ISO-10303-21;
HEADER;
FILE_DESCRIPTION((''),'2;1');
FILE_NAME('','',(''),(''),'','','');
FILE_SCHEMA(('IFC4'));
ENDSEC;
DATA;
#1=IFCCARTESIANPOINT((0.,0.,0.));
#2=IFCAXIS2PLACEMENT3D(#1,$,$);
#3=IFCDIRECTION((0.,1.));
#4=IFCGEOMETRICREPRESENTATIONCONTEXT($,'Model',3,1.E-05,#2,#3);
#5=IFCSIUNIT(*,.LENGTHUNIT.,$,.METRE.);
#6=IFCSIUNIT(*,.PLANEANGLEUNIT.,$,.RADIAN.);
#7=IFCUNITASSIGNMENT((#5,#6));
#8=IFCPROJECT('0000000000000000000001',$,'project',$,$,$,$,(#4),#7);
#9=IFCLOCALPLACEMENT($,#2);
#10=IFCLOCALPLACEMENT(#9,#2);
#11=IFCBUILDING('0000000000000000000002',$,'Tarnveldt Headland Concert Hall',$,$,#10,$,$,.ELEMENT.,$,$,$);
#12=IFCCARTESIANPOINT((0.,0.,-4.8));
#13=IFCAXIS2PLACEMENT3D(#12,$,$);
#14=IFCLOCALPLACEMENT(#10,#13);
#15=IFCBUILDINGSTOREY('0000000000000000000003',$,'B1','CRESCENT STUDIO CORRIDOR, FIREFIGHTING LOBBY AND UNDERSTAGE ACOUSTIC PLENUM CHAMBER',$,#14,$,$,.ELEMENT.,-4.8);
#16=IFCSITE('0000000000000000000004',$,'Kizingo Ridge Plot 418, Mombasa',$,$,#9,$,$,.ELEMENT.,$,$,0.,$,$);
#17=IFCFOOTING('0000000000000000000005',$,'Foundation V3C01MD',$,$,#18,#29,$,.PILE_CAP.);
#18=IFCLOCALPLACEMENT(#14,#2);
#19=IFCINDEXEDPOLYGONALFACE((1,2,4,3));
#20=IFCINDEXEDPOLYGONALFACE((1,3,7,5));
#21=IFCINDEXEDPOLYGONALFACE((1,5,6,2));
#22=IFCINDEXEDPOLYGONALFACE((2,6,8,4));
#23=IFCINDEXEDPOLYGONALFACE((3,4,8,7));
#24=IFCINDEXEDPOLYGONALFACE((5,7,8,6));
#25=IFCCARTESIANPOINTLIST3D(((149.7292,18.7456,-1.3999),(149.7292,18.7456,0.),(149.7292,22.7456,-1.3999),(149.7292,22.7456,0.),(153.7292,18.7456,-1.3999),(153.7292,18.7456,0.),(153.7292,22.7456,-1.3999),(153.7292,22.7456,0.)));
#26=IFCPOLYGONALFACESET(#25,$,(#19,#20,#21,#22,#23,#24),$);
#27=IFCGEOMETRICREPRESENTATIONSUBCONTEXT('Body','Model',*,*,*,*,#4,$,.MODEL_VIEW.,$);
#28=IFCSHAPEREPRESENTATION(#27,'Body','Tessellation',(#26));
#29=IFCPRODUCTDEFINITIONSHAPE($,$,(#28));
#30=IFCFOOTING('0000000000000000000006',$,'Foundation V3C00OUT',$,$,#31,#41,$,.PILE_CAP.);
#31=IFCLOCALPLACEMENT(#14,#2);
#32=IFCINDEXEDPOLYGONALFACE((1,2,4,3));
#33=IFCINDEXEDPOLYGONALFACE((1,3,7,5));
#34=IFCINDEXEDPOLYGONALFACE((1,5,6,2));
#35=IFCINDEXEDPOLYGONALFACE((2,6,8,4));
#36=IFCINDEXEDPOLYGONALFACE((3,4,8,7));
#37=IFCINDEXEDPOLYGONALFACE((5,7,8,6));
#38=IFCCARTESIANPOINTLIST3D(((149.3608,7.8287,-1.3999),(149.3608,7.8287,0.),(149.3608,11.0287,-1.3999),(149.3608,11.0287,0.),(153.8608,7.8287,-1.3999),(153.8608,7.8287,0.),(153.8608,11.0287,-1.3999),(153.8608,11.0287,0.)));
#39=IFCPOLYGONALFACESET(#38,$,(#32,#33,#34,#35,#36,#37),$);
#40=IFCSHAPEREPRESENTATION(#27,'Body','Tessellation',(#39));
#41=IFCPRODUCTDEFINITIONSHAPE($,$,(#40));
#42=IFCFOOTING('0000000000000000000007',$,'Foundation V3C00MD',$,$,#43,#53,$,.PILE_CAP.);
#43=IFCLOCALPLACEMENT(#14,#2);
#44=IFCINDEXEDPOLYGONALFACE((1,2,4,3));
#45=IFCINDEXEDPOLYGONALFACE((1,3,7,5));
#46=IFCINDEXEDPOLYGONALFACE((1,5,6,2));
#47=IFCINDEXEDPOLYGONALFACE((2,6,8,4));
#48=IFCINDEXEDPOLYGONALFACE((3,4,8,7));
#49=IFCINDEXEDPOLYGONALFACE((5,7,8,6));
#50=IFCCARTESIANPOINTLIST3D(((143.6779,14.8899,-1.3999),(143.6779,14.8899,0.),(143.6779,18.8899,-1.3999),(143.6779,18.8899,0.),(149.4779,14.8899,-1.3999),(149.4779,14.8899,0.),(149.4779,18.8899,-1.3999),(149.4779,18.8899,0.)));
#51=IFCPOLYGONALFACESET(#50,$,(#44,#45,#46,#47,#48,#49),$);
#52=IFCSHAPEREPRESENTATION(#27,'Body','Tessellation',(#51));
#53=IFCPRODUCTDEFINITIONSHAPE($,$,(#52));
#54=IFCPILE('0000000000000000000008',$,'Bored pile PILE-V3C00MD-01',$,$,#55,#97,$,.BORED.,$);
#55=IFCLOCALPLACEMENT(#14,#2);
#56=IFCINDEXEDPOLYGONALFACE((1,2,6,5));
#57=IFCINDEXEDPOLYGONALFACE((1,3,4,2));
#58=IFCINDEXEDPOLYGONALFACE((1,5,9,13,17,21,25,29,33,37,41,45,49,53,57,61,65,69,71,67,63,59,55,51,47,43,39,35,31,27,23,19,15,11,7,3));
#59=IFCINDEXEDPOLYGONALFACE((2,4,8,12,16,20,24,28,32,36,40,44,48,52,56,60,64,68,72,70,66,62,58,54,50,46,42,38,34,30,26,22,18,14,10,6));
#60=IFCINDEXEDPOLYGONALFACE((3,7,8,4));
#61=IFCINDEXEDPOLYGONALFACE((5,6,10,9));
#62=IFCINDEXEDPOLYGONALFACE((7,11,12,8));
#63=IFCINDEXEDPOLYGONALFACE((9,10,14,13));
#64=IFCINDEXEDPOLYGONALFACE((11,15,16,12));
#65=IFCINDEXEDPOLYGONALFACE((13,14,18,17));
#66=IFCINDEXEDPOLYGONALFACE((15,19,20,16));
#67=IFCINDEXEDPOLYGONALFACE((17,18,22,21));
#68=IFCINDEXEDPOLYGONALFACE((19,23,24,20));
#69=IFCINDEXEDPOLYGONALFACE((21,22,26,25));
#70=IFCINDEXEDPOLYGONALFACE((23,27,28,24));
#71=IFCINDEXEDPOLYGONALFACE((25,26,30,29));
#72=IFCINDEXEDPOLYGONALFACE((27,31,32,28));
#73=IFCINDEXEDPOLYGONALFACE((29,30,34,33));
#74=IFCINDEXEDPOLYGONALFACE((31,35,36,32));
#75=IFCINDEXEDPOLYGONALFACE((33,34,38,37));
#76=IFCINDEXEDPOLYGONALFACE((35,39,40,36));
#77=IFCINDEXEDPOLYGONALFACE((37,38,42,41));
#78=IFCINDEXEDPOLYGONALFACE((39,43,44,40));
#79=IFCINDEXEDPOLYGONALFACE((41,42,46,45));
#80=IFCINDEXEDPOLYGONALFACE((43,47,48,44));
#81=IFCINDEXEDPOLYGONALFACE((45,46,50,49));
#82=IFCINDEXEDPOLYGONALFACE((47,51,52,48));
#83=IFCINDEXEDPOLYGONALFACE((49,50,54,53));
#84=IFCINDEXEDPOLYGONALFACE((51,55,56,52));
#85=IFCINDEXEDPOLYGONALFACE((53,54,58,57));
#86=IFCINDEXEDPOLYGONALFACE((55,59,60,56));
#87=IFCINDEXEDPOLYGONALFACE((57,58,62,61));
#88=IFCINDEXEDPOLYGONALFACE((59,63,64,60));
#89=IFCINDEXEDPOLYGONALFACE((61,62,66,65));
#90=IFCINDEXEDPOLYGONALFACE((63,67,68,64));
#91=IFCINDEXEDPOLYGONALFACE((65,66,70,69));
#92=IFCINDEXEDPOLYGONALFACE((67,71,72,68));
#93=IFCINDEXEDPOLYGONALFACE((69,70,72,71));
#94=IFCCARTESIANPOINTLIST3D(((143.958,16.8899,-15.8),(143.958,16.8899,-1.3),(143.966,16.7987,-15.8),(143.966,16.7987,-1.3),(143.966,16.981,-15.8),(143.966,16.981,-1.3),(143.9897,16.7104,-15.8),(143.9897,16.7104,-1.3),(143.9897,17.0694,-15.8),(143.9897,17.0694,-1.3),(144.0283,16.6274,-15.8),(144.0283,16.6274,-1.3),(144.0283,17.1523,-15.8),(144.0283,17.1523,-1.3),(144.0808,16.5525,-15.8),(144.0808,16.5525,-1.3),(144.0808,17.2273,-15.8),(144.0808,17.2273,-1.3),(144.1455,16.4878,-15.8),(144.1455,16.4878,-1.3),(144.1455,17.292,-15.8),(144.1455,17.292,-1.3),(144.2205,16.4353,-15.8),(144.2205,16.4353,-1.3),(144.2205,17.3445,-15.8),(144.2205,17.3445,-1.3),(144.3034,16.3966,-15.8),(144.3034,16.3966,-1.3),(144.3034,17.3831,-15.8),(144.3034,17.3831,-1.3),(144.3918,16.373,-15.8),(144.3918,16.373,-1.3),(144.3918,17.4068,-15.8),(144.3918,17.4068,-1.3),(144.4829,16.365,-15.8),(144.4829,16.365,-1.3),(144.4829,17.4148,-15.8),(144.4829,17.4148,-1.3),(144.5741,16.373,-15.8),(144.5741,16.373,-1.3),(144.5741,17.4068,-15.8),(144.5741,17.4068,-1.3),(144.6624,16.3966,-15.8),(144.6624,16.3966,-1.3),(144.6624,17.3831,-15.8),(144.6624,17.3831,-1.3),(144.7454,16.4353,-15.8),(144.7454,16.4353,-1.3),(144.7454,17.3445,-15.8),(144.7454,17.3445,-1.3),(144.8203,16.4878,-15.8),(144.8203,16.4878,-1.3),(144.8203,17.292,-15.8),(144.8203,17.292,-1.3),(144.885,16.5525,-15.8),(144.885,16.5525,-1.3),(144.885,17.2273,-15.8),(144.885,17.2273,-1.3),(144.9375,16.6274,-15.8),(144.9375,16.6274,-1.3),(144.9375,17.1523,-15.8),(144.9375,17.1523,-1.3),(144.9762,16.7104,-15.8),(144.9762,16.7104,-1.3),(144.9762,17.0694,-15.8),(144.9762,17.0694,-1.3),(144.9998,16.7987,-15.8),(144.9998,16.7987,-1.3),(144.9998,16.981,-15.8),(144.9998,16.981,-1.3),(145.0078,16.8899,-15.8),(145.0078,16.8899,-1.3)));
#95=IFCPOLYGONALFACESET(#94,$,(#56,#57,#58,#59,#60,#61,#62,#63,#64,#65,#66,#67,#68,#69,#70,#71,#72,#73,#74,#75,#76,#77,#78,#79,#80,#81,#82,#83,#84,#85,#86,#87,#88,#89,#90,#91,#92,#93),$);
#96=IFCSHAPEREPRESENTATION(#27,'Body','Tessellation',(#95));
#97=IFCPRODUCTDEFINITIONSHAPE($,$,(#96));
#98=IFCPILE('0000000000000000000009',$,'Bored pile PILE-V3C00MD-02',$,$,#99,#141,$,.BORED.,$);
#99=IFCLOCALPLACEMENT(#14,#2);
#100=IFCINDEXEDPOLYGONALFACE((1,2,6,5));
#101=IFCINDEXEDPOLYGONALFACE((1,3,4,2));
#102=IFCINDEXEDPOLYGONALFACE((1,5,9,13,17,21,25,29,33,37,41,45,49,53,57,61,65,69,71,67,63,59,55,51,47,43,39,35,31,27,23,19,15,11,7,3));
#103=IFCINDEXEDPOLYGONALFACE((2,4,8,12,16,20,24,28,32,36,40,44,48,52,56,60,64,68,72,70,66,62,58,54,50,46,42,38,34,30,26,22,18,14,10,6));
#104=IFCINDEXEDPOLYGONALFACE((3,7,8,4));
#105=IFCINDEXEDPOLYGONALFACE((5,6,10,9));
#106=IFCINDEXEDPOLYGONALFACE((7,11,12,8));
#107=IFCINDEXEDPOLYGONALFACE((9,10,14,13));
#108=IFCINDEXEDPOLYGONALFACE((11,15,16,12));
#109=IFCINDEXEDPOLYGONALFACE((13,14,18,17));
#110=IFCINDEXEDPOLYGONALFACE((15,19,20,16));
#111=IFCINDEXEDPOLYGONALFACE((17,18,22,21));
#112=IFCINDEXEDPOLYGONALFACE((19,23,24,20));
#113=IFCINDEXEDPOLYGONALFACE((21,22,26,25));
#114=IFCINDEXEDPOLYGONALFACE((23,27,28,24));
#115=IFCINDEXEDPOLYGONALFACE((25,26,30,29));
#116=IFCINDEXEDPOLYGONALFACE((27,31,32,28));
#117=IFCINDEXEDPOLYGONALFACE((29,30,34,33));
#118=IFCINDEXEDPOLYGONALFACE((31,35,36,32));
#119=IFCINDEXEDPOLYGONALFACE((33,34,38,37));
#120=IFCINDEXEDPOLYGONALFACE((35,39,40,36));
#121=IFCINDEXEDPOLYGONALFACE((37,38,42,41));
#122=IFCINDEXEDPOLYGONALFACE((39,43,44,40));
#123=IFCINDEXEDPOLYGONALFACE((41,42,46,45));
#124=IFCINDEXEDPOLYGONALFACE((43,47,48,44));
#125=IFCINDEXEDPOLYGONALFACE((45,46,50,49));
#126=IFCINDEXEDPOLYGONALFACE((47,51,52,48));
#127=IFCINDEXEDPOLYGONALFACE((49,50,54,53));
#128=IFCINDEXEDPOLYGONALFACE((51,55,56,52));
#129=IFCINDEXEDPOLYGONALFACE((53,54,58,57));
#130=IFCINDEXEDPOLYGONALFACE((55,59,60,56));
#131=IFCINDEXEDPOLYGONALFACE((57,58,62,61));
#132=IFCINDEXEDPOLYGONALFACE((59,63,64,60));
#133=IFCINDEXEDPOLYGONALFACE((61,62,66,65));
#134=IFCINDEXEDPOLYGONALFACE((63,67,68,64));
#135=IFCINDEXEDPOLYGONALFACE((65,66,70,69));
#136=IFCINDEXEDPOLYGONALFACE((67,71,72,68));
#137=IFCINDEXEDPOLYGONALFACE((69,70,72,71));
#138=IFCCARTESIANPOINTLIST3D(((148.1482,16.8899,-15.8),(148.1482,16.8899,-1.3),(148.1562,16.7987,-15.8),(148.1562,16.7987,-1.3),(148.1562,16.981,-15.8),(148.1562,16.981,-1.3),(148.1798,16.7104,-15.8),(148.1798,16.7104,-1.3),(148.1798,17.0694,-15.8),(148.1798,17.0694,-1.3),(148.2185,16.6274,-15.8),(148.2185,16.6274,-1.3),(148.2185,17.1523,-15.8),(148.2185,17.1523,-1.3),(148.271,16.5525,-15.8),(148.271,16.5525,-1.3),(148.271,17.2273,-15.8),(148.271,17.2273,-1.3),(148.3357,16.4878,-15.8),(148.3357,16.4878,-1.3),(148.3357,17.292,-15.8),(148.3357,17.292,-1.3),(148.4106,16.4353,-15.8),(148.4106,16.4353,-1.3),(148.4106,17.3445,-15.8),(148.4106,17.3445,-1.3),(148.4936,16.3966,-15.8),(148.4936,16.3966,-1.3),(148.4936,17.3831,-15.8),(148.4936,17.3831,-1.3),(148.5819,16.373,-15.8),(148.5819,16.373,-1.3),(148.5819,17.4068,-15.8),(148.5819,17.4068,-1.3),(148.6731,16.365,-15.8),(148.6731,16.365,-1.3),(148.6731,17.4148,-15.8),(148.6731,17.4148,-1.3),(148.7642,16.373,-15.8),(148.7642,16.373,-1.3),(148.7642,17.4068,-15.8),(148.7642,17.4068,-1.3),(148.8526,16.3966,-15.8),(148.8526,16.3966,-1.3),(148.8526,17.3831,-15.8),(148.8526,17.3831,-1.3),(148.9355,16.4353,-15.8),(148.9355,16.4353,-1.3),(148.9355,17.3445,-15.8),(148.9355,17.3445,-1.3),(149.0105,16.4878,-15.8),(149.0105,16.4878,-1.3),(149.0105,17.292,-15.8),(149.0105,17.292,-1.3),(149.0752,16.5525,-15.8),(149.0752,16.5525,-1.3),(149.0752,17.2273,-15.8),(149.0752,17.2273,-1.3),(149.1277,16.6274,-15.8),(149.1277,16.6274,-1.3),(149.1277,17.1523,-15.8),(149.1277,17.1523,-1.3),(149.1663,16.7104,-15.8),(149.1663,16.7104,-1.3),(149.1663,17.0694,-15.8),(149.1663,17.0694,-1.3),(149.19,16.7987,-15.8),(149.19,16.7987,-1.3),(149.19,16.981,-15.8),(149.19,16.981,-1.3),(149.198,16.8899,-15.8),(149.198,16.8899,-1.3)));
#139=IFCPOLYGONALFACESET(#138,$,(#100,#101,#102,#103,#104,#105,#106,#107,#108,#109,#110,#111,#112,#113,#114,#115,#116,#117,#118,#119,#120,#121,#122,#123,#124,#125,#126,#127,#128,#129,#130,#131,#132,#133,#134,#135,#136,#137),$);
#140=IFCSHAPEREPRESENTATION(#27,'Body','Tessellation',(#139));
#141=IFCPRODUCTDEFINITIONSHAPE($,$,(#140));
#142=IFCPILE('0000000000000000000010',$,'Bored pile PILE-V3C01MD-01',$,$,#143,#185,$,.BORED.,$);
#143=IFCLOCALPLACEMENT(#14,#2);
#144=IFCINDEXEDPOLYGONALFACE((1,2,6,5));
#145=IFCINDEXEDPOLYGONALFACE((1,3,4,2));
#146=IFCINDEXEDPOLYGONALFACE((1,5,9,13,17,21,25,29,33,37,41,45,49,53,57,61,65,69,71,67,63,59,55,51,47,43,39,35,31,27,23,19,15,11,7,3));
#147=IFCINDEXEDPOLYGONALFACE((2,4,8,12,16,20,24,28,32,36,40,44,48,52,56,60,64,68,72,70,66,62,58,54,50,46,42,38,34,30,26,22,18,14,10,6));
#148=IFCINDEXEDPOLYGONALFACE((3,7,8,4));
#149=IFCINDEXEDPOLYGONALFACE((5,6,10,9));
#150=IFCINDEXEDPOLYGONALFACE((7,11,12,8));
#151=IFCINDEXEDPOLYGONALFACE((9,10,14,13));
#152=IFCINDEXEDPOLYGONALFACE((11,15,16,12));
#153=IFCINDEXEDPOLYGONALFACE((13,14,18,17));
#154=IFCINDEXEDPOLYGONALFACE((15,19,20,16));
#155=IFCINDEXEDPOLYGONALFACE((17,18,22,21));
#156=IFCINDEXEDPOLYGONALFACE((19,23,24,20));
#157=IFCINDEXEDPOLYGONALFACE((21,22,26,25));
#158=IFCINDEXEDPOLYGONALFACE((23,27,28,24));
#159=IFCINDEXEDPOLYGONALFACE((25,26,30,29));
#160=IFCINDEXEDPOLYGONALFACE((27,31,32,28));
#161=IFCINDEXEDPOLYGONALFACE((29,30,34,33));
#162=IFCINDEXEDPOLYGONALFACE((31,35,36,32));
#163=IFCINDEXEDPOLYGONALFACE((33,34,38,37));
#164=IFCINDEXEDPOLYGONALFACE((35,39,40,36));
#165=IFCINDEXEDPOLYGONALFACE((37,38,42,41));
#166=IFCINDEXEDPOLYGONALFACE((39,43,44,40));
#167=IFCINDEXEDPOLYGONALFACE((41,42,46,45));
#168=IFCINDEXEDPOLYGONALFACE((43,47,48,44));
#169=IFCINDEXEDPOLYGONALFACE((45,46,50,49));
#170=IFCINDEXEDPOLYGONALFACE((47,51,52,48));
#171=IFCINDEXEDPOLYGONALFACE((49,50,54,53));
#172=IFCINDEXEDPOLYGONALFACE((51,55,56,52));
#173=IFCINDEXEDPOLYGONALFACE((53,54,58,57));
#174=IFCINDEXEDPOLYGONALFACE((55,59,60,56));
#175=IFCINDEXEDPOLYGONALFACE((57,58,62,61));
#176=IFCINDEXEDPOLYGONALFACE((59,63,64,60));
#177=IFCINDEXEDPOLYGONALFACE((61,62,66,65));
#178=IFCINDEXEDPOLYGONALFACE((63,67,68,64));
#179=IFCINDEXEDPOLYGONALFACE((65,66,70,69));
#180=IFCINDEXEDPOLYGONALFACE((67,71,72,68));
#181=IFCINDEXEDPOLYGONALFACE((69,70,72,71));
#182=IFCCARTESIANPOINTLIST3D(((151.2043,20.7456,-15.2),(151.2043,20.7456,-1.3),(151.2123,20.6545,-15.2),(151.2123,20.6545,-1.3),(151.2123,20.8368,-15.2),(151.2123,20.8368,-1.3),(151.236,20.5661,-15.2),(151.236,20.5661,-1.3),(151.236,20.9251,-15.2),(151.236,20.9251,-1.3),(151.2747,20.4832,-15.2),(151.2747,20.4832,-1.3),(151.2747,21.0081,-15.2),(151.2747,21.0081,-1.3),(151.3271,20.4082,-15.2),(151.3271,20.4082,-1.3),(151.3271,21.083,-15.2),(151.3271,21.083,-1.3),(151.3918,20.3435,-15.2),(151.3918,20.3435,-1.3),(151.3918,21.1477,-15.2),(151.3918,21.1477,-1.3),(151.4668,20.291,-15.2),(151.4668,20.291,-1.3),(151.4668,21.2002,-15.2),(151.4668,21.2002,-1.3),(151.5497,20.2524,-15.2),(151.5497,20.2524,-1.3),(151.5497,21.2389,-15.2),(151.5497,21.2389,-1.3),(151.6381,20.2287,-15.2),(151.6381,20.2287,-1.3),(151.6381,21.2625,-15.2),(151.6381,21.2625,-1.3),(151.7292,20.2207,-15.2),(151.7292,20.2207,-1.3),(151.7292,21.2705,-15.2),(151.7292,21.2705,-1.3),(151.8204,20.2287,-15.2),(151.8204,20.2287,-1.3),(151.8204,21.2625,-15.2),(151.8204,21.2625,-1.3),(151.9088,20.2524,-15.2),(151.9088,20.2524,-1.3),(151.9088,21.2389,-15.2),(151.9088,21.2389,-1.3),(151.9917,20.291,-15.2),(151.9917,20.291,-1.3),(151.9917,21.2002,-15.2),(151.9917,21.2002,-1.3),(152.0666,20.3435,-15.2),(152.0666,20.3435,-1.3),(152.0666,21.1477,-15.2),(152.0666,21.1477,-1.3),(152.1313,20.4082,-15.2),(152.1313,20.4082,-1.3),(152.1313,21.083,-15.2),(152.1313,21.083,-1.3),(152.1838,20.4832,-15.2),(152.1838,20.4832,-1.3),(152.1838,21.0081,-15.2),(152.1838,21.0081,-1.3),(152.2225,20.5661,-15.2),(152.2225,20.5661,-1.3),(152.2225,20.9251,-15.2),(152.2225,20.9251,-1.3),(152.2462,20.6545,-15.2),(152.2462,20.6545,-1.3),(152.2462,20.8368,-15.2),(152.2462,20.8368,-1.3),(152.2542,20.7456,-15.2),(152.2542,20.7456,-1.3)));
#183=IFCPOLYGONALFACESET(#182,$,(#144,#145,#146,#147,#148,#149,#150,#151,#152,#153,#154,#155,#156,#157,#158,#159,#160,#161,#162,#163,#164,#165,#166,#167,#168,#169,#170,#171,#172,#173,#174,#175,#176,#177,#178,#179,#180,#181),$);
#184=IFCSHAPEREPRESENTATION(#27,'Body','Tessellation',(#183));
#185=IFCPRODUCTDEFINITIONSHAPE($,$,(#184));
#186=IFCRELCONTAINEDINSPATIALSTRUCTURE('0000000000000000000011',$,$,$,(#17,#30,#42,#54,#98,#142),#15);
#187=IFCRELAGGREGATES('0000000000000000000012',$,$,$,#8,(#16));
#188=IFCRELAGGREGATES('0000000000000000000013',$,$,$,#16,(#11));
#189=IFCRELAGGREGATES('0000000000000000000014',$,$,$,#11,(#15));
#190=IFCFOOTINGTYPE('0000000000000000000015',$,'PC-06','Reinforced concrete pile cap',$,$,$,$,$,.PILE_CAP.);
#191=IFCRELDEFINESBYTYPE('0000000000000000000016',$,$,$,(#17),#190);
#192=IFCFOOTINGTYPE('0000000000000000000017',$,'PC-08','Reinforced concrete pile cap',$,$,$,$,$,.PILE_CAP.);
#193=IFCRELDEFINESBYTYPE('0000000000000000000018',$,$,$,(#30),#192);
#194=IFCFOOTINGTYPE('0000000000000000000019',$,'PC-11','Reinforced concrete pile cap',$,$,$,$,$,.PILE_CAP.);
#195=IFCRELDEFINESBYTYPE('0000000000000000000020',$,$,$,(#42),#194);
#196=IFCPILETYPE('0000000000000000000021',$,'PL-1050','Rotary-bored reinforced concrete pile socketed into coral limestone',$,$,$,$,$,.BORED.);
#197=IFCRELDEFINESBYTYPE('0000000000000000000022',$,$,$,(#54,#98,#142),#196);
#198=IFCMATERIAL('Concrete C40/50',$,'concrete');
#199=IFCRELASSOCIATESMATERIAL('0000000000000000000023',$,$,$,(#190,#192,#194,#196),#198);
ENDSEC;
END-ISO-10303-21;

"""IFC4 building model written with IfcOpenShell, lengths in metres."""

from ifc_helpers import new_model, si_unit, direction, frame, origin, origin_2d, place, context, subcontext, project, spatial, rectangle, circle, extrude, material, material_profile, profile_set, type_object, element, save


model = new_model("IFC4")

# Units and contexts
model_context = context("Model", 3, precision=1e-05, world=origin(), true_north=direction((0.0, 1.0)))
body_context = subcontext(model_context, "Body", "Model", "MODEL_VIEW")
ifc_project = project(units=[si_unit("LENGTHUNIT", "METRE"), si_unit("PLANEANGLEUNIT", "RADIAN")], contexts=[model_context])

# Site, building, storey
site_placement = place(None, origin())
site = spatial("IfcSite", under=ifc_project, at=site_placement, Name="Kizingo Ridge Plot 418, Mombasa", CompositionType="ELEMENT", RefElevation=0.0)
building_placement = place(site_placement, origin())
building = spatial("IfcBuilding", under=site, at=building_placement, Name="Tarnveldt Headland Concert Hall", CompositionType="ELEMENT")
storey_placement = place(building_placement, frame((0.0, 0.0, -4.8)))
storey = spatial("IfcBuildingStorey", under=building, at=storey_placement, Name="B1", Description="CRESCENT STUDIO CORRIDOR, FIREFIGHTING LOBBY AND UNDERSTAGE ACOUSTIC PLENUM CHAMBER", CompositionType="ELEMENT", Elevation=-4.8)

# Footings
ifc_material_1 = material(Name="Concrete C40/50", Category="concrete")
footing_type_1 = type_object("IfcFootingType", Name="PC-06", Description="Reinforced concrete pile cap", PredefinedType="PILE_CAP", material=ifc_material_1)
footing_1_placement = place(storey_placement, frame((151.7292, 20.7456, -1.3999), z_axis=(0.0, 0.0, 1.0), x_axis=(1.0, 0.0, 0.0)))
element("IfcFooting", 1, at=footing_1_placement, inside=storey, type_object=footing_type_1, Name="Foundation V3C01MD", PredefinedType="PILE_CAP", context=body_context, shape_type="SweptSolid", body=[
    extrude(rectangle(XDim=4.0, YDim=4.0, at=origin_2d()), origin(), (0.0, 0.0, 1.0), 1.3999),
])
footing_type_2 = type_object("IfcFootingType", Name="PC-08", Description="Reinforced concrete pile cap", PredefinedType="PILE_CAP", material=ifc_material_1)
footing_2_placement = place(storey_placement, frame((151.6108, 9.4287, -1.3999), z_axis=(0.0, 0.0, 1.0), x_axis=(1.0, 0.0, 0.0)))
element("IfcFooting", 2, at=footing_2_placement, inside=storey, type_object=footing_type_2, Name="Foundation V3C00OUT", PredefinedType="PILE_CAP", context=body_context, shape_type="SweptSolid", body=[
    extrude(rectangle(XDim=4.5, YDim=3.2, at=origin_2d()), origin(), (0.0, 0.0, 1.0), 1.3999),
])
footing_type_3 = type_object("IfcFootingType", Name="PC-11", Description="Reinforced concrete pile cap", PredefinedType="PILE_CAP", material=ifc_material_1)
footing_3_placement = place(storey_placement, frame((146.5779, 16.8899, -1.3999), z_axis=(0.0, 0.0, 1.0), x_axis=(1.0, 0.0, 0.0)))
element("IfcFooting", 3, at=footing_3_placement, inside=storey, type_object=footing_type_3, Name="Foundation V3C00MD", PredefinedType="PILE_CAP", context=body_context, shape_type="SweptSolid", body=[
    extrude(rectangle(XDim=5.8, YDim=4.0, at=origin_2d()), origin(), (0.0, 0.0, 1.0), 1.3999),
])

# Piles
ifc_material_profile_1 = material_profile(ifc_material_1, circle(Radius=0.5249, at=origin_2d()), Name="BORED PILE D1050", Category="concrete")
ifc_profile_set_1 = profile_set([ifc_material_profile_1], Name="Concrete C40/50")
pile_type_1 = type_object("IfcPileType", Name="PL-1050", Description="Rotary-bored reinforced concrete pile socketed into coral limestone", PredefinedType="BORED", material=ifc_profile_set_1)
for number, where, z_axis, x_axis, name in (
    (4, (144.4829, 16.8899, -1.3), (0.0, 0.0, -1.0), (1.0, 0.0, 0.0), "Bored pile PILE-V3C00MD-01"),
    (5, (148.6731, 16.8899, -1.3), (0.0, 0.0, -1.0), (1.0, 0.0, 0.0), "Bored pile PILE-V3C00MD-02"),
):
    element("IfcPile", number, at=place(storey_placement, frame(where, z_axis=z_axis, x_axis=x_axis)), inside=storey, type_object=pile_type_1, Name=name, PredefinedType="BORED", context=body_context, shape_type="SweptSolid", body=[
        extrude(circle(Radius=0.5249, at=origin_2d()), origin(), (0.0, 0.0, 1.0), 14.5),
    ])
pile_placement = place(storey_placement, frame((151.7292, 20.7456, -1.3), z_axis=(0.0, 0.0, -1.0), x_axis=(1.0, 0.0, 0.0)))
element("IfcPile", 6, at=pile_placement, inside=storey, type_object=pile_type_1, Name="Bored pile PILE-V3C01MD-01", PredefinedType="BORED", context=body_context, shape_type="SweptSolid", body=[
    extrude(circle(Radius=0.5249, at=origin_2d()), origin(), (0.0, 0.0, 1.0), 13.8999),
])

save(model, "model.ifc")
